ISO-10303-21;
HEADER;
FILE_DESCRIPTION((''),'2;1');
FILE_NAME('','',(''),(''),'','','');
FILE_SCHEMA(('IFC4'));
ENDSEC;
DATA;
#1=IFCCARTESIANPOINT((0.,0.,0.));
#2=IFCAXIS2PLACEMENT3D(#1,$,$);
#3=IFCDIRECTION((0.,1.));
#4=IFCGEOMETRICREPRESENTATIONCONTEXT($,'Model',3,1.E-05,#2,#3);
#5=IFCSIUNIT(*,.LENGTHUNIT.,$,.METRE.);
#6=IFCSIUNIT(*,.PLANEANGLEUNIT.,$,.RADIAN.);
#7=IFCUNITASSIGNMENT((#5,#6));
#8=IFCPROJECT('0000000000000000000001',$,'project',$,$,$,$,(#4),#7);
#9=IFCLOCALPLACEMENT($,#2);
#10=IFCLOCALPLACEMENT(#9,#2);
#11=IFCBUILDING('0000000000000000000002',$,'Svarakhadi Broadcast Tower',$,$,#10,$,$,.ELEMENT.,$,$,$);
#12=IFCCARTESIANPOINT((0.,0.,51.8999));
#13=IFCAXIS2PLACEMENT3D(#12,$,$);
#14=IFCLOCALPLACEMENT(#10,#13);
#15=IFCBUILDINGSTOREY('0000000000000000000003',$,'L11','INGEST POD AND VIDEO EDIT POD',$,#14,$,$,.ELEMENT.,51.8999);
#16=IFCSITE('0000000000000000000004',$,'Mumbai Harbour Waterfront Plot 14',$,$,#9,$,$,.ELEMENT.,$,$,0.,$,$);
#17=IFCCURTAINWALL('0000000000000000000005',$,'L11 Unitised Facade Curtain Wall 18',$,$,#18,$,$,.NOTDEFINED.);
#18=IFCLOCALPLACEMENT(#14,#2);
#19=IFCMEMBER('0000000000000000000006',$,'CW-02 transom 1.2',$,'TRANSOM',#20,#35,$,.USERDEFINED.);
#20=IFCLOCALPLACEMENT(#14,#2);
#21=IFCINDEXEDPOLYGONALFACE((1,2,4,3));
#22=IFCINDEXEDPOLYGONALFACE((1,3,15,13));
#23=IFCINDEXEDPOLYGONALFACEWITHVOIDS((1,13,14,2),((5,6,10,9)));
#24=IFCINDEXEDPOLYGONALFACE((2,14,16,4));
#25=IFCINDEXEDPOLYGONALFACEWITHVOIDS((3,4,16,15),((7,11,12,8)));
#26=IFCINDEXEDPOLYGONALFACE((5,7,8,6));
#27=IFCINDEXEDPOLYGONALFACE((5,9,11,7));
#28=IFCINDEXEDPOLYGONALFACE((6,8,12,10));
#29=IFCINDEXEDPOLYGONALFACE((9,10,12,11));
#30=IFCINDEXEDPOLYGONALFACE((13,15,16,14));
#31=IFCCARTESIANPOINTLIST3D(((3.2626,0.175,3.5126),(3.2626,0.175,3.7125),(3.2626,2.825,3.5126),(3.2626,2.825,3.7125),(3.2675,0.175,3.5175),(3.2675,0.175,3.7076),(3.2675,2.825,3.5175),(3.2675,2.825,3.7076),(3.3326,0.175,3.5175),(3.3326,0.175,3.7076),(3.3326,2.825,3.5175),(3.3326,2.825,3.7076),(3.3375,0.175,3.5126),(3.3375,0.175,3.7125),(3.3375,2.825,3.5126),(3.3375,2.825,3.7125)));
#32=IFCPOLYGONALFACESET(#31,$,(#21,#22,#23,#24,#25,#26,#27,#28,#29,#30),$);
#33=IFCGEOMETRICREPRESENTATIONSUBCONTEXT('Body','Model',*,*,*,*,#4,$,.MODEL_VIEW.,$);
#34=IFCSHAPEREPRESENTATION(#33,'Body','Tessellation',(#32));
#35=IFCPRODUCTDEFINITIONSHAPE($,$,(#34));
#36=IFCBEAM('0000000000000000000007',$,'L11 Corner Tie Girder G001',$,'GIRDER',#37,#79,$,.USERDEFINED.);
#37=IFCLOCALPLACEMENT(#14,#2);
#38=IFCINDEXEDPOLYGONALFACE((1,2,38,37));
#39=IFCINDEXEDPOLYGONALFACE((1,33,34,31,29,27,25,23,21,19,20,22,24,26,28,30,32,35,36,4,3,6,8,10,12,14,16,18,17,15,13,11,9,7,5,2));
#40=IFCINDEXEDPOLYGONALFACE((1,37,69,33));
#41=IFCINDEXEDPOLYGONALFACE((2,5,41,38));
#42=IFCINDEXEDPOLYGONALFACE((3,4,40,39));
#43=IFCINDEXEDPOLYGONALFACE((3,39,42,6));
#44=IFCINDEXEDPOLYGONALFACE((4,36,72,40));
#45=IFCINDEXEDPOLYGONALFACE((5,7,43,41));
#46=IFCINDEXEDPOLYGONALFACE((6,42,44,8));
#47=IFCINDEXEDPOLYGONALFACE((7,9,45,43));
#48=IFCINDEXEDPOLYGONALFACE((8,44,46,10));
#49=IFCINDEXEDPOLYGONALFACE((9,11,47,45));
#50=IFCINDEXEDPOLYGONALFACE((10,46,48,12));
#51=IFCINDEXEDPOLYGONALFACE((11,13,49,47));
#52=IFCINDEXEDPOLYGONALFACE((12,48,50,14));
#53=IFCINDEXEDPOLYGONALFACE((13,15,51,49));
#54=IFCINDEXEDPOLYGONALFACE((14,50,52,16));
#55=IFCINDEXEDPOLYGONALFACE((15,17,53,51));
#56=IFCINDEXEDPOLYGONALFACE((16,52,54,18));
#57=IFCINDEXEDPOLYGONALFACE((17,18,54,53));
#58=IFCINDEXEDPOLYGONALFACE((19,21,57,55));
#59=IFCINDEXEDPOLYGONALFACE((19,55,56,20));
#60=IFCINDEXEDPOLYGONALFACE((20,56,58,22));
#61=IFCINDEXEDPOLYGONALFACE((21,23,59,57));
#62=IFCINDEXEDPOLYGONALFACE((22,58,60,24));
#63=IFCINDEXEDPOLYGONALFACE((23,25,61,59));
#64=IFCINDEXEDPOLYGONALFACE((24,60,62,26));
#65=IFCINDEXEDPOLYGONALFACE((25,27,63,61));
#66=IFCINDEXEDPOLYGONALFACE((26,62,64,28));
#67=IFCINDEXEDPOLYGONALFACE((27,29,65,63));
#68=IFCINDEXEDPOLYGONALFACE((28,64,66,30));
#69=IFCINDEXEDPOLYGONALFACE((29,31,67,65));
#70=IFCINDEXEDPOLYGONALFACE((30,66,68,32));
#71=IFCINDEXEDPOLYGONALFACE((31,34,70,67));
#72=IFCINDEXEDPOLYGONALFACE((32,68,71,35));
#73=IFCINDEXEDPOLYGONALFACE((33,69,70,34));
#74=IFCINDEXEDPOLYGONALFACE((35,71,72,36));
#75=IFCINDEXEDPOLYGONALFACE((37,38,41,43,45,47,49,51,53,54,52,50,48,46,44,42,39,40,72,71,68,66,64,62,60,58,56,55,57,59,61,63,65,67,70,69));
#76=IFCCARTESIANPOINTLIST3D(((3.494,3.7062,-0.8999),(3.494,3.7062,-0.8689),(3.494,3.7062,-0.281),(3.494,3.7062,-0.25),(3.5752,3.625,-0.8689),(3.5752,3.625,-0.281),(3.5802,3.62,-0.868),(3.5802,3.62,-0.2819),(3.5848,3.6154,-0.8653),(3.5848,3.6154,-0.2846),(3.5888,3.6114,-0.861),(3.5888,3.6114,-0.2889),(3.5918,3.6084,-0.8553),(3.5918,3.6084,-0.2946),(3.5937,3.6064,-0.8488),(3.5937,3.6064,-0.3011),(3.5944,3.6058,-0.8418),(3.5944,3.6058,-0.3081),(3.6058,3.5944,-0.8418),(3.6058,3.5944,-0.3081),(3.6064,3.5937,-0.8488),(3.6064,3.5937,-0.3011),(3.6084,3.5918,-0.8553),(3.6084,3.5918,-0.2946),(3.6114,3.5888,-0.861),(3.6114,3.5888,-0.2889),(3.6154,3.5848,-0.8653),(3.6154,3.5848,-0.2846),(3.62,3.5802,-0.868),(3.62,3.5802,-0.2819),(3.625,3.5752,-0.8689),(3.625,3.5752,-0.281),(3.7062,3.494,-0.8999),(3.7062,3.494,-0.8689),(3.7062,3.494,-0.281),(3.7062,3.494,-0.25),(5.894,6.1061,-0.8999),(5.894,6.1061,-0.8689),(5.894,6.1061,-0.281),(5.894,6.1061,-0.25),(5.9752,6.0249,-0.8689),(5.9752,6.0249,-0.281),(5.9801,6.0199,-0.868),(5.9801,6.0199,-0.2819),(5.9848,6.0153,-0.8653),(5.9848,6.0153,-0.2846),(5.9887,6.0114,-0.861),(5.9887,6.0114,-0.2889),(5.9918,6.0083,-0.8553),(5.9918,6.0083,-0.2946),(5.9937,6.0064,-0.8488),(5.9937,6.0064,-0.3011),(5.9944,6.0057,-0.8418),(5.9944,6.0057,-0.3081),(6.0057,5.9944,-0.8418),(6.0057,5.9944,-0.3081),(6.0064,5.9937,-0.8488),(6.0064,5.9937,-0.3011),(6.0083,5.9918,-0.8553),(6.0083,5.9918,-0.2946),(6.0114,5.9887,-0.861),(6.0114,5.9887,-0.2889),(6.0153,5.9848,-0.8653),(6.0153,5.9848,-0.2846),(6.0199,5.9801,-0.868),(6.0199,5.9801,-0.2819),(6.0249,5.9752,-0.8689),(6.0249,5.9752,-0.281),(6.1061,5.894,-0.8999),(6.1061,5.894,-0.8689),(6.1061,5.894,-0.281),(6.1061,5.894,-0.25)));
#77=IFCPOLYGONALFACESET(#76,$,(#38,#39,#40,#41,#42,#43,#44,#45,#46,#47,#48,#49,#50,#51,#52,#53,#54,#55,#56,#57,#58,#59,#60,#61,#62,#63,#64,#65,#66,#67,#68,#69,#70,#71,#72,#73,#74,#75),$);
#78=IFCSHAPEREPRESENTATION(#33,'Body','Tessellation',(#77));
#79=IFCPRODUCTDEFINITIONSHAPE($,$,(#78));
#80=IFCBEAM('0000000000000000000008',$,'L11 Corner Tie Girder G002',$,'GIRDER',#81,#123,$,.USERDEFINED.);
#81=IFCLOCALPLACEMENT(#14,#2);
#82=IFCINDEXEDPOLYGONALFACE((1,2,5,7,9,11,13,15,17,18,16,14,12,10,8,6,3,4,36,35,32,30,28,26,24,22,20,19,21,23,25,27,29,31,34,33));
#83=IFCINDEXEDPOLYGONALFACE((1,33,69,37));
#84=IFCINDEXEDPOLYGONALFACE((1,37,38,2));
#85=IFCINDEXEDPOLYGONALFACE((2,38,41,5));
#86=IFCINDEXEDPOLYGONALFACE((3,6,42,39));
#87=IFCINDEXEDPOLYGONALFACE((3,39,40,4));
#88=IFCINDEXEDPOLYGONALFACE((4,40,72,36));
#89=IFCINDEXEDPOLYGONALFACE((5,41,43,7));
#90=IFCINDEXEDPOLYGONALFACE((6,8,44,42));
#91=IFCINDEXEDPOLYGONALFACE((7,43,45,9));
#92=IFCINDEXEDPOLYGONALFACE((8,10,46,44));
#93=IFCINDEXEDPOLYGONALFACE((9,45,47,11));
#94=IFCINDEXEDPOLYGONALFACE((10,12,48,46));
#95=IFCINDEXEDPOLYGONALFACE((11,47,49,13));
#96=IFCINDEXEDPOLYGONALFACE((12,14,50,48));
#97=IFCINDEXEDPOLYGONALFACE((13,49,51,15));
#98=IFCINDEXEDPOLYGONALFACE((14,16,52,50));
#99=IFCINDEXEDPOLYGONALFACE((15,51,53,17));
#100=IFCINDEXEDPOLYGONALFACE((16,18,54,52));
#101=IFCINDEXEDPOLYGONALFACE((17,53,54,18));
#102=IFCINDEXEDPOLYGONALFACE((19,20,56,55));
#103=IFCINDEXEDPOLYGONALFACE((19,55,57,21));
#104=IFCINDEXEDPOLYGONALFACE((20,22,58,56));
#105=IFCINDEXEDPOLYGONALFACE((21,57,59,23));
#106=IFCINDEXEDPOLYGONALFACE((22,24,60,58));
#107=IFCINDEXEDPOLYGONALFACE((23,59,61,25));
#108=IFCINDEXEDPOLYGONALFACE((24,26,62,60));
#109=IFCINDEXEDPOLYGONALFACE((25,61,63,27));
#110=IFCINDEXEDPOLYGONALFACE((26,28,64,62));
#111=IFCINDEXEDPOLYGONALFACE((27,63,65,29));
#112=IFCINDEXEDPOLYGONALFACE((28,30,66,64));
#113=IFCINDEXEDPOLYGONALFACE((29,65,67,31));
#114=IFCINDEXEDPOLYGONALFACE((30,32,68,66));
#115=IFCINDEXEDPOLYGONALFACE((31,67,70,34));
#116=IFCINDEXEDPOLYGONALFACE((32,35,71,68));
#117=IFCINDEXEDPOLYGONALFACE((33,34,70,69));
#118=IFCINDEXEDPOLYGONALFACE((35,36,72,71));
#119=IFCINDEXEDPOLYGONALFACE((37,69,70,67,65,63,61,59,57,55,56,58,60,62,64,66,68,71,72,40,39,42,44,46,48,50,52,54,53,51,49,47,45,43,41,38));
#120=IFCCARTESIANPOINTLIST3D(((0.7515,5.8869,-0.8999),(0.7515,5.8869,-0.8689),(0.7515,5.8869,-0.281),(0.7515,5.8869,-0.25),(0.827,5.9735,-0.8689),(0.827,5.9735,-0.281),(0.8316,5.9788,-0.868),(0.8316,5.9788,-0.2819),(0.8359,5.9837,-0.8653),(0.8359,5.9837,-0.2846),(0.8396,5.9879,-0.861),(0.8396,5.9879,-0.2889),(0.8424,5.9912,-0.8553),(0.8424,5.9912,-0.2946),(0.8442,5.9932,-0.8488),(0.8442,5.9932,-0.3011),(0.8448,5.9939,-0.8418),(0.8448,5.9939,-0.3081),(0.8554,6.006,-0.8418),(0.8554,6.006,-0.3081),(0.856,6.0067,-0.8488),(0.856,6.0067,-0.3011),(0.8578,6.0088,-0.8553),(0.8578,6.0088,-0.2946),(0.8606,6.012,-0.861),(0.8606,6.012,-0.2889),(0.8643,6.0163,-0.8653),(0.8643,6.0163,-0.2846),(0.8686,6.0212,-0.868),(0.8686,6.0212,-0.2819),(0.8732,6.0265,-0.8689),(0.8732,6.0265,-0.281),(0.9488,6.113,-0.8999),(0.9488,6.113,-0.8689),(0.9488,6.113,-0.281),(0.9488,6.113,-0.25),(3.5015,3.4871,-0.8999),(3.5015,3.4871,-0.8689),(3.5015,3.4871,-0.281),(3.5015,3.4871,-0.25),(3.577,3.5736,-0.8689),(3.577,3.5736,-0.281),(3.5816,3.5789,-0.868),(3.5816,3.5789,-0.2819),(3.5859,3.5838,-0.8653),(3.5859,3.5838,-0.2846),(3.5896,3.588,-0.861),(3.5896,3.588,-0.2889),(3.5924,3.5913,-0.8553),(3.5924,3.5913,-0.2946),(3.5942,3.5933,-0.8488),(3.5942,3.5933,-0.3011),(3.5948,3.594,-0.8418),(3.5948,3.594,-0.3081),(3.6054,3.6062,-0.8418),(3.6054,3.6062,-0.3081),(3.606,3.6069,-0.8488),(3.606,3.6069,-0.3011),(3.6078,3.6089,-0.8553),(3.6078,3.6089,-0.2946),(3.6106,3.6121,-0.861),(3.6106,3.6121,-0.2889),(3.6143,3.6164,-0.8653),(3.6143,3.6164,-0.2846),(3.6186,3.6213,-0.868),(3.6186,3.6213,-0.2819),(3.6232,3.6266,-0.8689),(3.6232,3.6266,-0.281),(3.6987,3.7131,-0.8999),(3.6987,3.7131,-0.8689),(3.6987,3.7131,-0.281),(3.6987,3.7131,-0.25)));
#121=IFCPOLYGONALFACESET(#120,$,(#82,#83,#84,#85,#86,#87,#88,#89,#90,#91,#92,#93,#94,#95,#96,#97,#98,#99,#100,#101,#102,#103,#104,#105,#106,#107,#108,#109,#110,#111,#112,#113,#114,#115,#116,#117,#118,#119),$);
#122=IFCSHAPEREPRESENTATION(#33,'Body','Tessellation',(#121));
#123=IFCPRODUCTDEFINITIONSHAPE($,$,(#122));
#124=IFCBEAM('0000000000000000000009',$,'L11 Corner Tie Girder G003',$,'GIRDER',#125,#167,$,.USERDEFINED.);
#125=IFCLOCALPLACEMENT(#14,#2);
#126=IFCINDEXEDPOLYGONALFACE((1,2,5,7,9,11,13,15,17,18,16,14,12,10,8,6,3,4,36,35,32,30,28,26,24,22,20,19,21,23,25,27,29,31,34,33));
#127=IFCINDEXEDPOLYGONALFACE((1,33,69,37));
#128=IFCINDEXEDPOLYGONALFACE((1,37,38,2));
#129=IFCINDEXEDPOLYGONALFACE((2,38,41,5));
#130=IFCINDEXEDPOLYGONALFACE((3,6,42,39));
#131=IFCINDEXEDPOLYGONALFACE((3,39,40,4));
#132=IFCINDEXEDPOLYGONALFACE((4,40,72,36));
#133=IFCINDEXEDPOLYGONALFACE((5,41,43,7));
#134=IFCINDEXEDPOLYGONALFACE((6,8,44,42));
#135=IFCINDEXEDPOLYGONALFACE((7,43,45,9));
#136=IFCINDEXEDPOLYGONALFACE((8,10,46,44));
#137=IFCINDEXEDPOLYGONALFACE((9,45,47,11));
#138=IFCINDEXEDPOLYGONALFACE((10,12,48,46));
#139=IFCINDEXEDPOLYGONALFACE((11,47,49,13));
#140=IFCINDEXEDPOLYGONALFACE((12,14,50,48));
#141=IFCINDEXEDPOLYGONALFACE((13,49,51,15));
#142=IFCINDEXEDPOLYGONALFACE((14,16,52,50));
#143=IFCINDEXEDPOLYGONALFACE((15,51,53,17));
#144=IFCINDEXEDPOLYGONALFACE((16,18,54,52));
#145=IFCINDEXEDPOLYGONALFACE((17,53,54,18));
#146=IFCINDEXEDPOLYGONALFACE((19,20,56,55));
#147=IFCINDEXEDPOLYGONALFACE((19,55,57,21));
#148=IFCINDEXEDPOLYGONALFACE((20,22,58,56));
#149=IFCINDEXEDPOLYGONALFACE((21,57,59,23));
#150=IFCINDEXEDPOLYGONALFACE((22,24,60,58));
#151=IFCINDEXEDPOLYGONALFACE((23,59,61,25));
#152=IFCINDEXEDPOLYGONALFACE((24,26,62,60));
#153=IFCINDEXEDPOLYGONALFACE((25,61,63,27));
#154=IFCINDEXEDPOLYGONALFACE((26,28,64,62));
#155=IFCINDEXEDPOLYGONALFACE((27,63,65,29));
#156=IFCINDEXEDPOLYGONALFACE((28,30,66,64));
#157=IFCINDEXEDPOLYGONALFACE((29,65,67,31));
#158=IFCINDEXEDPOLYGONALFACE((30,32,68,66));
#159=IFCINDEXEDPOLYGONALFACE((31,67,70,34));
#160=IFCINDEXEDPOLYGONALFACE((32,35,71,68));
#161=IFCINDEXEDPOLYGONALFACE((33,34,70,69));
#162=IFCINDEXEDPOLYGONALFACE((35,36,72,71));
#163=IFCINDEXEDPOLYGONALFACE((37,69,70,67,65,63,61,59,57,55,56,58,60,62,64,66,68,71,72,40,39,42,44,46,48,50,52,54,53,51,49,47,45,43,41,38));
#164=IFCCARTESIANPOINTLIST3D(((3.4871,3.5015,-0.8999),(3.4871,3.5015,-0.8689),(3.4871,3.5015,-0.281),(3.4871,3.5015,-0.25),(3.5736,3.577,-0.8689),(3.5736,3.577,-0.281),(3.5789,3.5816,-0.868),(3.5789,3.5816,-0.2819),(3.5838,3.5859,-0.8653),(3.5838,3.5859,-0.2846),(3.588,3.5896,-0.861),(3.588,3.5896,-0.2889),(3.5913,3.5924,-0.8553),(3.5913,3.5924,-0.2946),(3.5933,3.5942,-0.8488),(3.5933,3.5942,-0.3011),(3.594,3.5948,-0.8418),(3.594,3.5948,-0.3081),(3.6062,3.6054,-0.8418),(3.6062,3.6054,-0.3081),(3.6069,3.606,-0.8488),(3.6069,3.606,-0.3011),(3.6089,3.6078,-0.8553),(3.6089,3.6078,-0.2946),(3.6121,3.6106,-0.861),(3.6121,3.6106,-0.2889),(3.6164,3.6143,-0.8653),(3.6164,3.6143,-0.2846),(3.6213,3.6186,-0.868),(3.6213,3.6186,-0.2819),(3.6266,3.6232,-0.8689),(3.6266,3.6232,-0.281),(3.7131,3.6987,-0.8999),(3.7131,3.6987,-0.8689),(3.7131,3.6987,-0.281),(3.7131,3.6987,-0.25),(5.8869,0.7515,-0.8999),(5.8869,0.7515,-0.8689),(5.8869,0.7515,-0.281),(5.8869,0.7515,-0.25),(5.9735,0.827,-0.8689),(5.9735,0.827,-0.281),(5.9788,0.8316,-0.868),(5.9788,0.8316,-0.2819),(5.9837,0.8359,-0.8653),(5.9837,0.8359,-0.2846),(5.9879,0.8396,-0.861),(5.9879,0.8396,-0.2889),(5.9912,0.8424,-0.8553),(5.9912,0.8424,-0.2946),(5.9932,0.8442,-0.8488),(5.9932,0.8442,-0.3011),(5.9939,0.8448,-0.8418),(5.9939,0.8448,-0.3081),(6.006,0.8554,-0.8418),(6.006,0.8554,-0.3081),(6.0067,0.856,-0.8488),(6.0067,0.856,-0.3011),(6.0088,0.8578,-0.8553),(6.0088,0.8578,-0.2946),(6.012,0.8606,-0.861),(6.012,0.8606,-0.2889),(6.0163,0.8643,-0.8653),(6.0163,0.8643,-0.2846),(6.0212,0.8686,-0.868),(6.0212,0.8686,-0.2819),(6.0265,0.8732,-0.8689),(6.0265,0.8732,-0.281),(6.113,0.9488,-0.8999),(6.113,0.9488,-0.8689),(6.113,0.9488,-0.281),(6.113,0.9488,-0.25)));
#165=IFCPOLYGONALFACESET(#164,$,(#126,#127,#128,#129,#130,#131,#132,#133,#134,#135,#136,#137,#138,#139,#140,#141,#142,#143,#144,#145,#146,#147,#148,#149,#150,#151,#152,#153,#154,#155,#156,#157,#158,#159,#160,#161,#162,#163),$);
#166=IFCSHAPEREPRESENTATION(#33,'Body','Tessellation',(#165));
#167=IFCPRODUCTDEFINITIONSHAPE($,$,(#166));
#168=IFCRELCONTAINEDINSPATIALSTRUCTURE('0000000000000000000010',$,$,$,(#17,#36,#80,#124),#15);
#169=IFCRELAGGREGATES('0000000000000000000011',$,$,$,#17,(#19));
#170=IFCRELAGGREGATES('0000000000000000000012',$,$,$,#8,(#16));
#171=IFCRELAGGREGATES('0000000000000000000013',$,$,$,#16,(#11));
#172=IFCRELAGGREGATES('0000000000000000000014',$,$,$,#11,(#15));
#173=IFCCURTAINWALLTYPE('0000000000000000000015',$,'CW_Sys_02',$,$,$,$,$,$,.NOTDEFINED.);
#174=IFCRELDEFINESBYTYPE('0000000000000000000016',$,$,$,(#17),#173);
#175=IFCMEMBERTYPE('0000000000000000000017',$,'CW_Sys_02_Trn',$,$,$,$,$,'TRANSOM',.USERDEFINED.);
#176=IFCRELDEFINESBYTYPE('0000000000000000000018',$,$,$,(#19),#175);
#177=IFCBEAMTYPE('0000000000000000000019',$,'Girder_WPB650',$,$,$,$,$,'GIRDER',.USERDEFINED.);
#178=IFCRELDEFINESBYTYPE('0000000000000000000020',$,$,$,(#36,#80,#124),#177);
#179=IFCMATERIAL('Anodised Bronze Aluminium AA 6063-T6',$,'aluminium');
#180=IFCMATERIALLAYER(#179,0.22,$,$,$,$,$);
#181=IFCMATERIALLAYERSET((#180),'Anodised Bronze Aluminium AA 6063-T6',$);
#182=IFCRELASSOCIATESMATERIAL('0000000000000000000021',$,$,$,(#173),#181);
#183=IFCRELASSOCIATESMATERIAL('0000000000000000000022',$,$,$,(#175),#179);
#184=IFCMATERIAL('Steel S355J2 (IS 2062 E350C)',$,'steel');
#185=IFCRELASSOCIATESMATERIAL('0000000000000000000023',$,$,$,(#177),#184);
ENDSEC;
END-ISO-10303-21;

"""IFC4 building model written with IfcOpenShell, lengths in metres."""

from ifc_helpers import new_model, si_unit, direction, frame, origin, origin_2d, place, context, subcontext, project, spatial, hollow_rectangle, i_section, extrude, material, layer, layer_set, material_profile, profile_set, type_object, element, aggregate, save


model = new_model("IFC4")

# Units and contexts
model_context = context("Model", 3, precision=1e-05, world=origin(), true_north=direction((0.0, 1.0)))
body_context = subcontext(model_context, "Body", "Model", "MODEL_VIEW")
ifc_project = project(units=[si_unit("LENGTHUNIT", "METRE"), si_unit("PLANEANGLEUNIT", "RADIAN")], contexts=[model_context])

# Site, building, storey
site_placement = place(None, origin())
site = spatial("IfcSite", under=ifc_project, at=site_placement, Name="Mumbai Harbour Waterfront Plot 14", CompositionType="ELEMENT", RefElevation=0.0)
building_placement = place(site_placement, origin())
building = spatial("IfcBuilding", under=site, at=building_placement, Name="Svarakhadi Broadcast Tower", CompositionType="ELEMENT")
storey_placement = place(building_placement, frame((0.0, 0.0, 51.8999)))
storey = spatial("IfcBuildingStorey", under=building, at=storey_placement, Name="L11", Description="INGEST POD AND VIDEO EDIT POD", CompositionType="ELEMENT", Elevation=51.8999)

# Shared definitions
ifc_material_1 = material(Name="Anodised Bronze Aluminium AA 6063-T6", Category="aluminium")
ifc_layer_1 = layer(ifc_material_1, 0.22)
ifc_layer_set_1 = layer_set([ifc_layer_1], Name="Anodised Bronze Aluminium AA 6063-T6")
curtain_wall_type = type_object("IfcCurtainWallType", Name="CW_Sys_02", PredefinedType="NOTDEFINED", material=ifc_layer_set_1)

# Curtain wall
curtain_wall_1_placement = place(storey_placement, origin())
curtain_wall_1 = element("IfcCurtainWall", 1, at=curtain_wall_1_placement, inside=storey, type_object=curtain_wall_type, Name="L11 Unitised Facade Curtain Wall 18", PredefinedType="NOTDEFINED")

# Member
ifc_material_profile_1 = material_profile(ifc_material_1, hollow_rectangle(XDim=0.075, YDim=0.2, WallThickness=0.0049, at=origin_2d()), Name="ALU TRANSOM 200x75x5")
ifc_profile_set_1 = profile_set([ifc_material_profile_1], Name="Anodised Bronze Aluminium AA 6063-T6")
member_type_1 = type_object("IfcMemberType", Name="CW_Sys_02_Trn", ElementType="TRANSOM", PredefinedType="USERDEFINED", material=ifc_profile_set_1)
member_1_placement = place(storey_placement, frame((3.3, 0.175, 3.6125), z_axis=(0.0, 1.0, 0.0), x_axis=(-1.0, 0.0, 0.0)))
member_1 = element("IfcMember", 2, at=member_1_placement, type_object=member_type_1, Name="CW-02 transom 1.2", ObjectType="TRANSOM", PredefinedType="USERDEFINED", context=body_context, shape_type="SweptSolid", body=[
    extrude(hollow_rectangle(XDim=0.075, YDim=0.2, WallThickness=0.0049, at=origin_2d()), origin(), (0.0, 0.0, 1.0), 2.6499),
])

# Beams
ifc_material_2 = material(Name="Steel S355J2 (IS 2062 E350C)", Category="steel")
ifc_material_profile_2 = material_profile(ifc_material_2, i_section(OverallWidth=0.3, OverallDepth=0.6499, WebThickness=0.0161, FlangeThickness=0.031, FilletRadius=0.0271, at=origin_2d()), Name="WPB 650x300x225")
ifc_profile_set_2 = profile_set([ifc_material_profile_2], Name="Steel S355J2 (IS 2062 E350C)")
beam_type = type_object("IfcBeamType", Name="Girder_WPB650", ElementType="GIRDER", PredefinedType="USERDEFINED", material=ifc_profile_set_2)
beam_1_placement = place(storey_placement, frame((3.6001, 3.6001, -0.575), z_axis=(0.707107, 0.707107, 0.0), x_axis=(-0.707107, 0.707107, 0.0)))
element("IfcBeam", 3, at=beam_1_placement, inside=storey, type_object=beam_type, Name="L11 Corner Tie Girder G001", ObjectType="GIRDER", PredefinedType="USERDEFINED", context=body_context, shape_type="SweptSolid", body=[
    extrude(i_section(OverallWidth=0.3, OverallDepth=0.6499, WebThickness=0.0161, FlangeThickness=0.031, FilletRadius=0.0271, at=origin_2d()), origin(), (0.0, 0.0, 1.0), 3.394),
])
for number, where, z_axis, x_axis, name in (
    (4, (3.6001, 3.6001, -0.575), (-0.753438, 0.657519, 0.0), (-0.657519, -0.753438, 0.0), "L11 Corner Tie Girder G002"),
    (5, (3.6001, 3.6001, -0.575), (0.657519, -0.753438, 0.0), (0.753438, 0.657519, 0.0), "L11 Corner Tie Girder G003"),
):
    element("IfcBeam", number, at=place(storey_placement, frame(where, z_axis=z_axis, x_axis=x_axis)), inside=storey, type_object=beam_type, Name=name, ObjectType="GIRDER", PredefinedType="USERDEFINED", context=body_context, shape_type="SweptSolid", body=[
        extrude(i_section(OverallWidth=0.3, OverallDepth=0.6499, WebThickness=0.0161, FlangeThickness=0.031, FilletRadius=0.0271, at=origin_2d()), origin(), (0.0, 0.0, 1.0), 3.6499),
    ])

aggregate(curtain_wall_1, [member_1])

save(model, "model.ifc")
